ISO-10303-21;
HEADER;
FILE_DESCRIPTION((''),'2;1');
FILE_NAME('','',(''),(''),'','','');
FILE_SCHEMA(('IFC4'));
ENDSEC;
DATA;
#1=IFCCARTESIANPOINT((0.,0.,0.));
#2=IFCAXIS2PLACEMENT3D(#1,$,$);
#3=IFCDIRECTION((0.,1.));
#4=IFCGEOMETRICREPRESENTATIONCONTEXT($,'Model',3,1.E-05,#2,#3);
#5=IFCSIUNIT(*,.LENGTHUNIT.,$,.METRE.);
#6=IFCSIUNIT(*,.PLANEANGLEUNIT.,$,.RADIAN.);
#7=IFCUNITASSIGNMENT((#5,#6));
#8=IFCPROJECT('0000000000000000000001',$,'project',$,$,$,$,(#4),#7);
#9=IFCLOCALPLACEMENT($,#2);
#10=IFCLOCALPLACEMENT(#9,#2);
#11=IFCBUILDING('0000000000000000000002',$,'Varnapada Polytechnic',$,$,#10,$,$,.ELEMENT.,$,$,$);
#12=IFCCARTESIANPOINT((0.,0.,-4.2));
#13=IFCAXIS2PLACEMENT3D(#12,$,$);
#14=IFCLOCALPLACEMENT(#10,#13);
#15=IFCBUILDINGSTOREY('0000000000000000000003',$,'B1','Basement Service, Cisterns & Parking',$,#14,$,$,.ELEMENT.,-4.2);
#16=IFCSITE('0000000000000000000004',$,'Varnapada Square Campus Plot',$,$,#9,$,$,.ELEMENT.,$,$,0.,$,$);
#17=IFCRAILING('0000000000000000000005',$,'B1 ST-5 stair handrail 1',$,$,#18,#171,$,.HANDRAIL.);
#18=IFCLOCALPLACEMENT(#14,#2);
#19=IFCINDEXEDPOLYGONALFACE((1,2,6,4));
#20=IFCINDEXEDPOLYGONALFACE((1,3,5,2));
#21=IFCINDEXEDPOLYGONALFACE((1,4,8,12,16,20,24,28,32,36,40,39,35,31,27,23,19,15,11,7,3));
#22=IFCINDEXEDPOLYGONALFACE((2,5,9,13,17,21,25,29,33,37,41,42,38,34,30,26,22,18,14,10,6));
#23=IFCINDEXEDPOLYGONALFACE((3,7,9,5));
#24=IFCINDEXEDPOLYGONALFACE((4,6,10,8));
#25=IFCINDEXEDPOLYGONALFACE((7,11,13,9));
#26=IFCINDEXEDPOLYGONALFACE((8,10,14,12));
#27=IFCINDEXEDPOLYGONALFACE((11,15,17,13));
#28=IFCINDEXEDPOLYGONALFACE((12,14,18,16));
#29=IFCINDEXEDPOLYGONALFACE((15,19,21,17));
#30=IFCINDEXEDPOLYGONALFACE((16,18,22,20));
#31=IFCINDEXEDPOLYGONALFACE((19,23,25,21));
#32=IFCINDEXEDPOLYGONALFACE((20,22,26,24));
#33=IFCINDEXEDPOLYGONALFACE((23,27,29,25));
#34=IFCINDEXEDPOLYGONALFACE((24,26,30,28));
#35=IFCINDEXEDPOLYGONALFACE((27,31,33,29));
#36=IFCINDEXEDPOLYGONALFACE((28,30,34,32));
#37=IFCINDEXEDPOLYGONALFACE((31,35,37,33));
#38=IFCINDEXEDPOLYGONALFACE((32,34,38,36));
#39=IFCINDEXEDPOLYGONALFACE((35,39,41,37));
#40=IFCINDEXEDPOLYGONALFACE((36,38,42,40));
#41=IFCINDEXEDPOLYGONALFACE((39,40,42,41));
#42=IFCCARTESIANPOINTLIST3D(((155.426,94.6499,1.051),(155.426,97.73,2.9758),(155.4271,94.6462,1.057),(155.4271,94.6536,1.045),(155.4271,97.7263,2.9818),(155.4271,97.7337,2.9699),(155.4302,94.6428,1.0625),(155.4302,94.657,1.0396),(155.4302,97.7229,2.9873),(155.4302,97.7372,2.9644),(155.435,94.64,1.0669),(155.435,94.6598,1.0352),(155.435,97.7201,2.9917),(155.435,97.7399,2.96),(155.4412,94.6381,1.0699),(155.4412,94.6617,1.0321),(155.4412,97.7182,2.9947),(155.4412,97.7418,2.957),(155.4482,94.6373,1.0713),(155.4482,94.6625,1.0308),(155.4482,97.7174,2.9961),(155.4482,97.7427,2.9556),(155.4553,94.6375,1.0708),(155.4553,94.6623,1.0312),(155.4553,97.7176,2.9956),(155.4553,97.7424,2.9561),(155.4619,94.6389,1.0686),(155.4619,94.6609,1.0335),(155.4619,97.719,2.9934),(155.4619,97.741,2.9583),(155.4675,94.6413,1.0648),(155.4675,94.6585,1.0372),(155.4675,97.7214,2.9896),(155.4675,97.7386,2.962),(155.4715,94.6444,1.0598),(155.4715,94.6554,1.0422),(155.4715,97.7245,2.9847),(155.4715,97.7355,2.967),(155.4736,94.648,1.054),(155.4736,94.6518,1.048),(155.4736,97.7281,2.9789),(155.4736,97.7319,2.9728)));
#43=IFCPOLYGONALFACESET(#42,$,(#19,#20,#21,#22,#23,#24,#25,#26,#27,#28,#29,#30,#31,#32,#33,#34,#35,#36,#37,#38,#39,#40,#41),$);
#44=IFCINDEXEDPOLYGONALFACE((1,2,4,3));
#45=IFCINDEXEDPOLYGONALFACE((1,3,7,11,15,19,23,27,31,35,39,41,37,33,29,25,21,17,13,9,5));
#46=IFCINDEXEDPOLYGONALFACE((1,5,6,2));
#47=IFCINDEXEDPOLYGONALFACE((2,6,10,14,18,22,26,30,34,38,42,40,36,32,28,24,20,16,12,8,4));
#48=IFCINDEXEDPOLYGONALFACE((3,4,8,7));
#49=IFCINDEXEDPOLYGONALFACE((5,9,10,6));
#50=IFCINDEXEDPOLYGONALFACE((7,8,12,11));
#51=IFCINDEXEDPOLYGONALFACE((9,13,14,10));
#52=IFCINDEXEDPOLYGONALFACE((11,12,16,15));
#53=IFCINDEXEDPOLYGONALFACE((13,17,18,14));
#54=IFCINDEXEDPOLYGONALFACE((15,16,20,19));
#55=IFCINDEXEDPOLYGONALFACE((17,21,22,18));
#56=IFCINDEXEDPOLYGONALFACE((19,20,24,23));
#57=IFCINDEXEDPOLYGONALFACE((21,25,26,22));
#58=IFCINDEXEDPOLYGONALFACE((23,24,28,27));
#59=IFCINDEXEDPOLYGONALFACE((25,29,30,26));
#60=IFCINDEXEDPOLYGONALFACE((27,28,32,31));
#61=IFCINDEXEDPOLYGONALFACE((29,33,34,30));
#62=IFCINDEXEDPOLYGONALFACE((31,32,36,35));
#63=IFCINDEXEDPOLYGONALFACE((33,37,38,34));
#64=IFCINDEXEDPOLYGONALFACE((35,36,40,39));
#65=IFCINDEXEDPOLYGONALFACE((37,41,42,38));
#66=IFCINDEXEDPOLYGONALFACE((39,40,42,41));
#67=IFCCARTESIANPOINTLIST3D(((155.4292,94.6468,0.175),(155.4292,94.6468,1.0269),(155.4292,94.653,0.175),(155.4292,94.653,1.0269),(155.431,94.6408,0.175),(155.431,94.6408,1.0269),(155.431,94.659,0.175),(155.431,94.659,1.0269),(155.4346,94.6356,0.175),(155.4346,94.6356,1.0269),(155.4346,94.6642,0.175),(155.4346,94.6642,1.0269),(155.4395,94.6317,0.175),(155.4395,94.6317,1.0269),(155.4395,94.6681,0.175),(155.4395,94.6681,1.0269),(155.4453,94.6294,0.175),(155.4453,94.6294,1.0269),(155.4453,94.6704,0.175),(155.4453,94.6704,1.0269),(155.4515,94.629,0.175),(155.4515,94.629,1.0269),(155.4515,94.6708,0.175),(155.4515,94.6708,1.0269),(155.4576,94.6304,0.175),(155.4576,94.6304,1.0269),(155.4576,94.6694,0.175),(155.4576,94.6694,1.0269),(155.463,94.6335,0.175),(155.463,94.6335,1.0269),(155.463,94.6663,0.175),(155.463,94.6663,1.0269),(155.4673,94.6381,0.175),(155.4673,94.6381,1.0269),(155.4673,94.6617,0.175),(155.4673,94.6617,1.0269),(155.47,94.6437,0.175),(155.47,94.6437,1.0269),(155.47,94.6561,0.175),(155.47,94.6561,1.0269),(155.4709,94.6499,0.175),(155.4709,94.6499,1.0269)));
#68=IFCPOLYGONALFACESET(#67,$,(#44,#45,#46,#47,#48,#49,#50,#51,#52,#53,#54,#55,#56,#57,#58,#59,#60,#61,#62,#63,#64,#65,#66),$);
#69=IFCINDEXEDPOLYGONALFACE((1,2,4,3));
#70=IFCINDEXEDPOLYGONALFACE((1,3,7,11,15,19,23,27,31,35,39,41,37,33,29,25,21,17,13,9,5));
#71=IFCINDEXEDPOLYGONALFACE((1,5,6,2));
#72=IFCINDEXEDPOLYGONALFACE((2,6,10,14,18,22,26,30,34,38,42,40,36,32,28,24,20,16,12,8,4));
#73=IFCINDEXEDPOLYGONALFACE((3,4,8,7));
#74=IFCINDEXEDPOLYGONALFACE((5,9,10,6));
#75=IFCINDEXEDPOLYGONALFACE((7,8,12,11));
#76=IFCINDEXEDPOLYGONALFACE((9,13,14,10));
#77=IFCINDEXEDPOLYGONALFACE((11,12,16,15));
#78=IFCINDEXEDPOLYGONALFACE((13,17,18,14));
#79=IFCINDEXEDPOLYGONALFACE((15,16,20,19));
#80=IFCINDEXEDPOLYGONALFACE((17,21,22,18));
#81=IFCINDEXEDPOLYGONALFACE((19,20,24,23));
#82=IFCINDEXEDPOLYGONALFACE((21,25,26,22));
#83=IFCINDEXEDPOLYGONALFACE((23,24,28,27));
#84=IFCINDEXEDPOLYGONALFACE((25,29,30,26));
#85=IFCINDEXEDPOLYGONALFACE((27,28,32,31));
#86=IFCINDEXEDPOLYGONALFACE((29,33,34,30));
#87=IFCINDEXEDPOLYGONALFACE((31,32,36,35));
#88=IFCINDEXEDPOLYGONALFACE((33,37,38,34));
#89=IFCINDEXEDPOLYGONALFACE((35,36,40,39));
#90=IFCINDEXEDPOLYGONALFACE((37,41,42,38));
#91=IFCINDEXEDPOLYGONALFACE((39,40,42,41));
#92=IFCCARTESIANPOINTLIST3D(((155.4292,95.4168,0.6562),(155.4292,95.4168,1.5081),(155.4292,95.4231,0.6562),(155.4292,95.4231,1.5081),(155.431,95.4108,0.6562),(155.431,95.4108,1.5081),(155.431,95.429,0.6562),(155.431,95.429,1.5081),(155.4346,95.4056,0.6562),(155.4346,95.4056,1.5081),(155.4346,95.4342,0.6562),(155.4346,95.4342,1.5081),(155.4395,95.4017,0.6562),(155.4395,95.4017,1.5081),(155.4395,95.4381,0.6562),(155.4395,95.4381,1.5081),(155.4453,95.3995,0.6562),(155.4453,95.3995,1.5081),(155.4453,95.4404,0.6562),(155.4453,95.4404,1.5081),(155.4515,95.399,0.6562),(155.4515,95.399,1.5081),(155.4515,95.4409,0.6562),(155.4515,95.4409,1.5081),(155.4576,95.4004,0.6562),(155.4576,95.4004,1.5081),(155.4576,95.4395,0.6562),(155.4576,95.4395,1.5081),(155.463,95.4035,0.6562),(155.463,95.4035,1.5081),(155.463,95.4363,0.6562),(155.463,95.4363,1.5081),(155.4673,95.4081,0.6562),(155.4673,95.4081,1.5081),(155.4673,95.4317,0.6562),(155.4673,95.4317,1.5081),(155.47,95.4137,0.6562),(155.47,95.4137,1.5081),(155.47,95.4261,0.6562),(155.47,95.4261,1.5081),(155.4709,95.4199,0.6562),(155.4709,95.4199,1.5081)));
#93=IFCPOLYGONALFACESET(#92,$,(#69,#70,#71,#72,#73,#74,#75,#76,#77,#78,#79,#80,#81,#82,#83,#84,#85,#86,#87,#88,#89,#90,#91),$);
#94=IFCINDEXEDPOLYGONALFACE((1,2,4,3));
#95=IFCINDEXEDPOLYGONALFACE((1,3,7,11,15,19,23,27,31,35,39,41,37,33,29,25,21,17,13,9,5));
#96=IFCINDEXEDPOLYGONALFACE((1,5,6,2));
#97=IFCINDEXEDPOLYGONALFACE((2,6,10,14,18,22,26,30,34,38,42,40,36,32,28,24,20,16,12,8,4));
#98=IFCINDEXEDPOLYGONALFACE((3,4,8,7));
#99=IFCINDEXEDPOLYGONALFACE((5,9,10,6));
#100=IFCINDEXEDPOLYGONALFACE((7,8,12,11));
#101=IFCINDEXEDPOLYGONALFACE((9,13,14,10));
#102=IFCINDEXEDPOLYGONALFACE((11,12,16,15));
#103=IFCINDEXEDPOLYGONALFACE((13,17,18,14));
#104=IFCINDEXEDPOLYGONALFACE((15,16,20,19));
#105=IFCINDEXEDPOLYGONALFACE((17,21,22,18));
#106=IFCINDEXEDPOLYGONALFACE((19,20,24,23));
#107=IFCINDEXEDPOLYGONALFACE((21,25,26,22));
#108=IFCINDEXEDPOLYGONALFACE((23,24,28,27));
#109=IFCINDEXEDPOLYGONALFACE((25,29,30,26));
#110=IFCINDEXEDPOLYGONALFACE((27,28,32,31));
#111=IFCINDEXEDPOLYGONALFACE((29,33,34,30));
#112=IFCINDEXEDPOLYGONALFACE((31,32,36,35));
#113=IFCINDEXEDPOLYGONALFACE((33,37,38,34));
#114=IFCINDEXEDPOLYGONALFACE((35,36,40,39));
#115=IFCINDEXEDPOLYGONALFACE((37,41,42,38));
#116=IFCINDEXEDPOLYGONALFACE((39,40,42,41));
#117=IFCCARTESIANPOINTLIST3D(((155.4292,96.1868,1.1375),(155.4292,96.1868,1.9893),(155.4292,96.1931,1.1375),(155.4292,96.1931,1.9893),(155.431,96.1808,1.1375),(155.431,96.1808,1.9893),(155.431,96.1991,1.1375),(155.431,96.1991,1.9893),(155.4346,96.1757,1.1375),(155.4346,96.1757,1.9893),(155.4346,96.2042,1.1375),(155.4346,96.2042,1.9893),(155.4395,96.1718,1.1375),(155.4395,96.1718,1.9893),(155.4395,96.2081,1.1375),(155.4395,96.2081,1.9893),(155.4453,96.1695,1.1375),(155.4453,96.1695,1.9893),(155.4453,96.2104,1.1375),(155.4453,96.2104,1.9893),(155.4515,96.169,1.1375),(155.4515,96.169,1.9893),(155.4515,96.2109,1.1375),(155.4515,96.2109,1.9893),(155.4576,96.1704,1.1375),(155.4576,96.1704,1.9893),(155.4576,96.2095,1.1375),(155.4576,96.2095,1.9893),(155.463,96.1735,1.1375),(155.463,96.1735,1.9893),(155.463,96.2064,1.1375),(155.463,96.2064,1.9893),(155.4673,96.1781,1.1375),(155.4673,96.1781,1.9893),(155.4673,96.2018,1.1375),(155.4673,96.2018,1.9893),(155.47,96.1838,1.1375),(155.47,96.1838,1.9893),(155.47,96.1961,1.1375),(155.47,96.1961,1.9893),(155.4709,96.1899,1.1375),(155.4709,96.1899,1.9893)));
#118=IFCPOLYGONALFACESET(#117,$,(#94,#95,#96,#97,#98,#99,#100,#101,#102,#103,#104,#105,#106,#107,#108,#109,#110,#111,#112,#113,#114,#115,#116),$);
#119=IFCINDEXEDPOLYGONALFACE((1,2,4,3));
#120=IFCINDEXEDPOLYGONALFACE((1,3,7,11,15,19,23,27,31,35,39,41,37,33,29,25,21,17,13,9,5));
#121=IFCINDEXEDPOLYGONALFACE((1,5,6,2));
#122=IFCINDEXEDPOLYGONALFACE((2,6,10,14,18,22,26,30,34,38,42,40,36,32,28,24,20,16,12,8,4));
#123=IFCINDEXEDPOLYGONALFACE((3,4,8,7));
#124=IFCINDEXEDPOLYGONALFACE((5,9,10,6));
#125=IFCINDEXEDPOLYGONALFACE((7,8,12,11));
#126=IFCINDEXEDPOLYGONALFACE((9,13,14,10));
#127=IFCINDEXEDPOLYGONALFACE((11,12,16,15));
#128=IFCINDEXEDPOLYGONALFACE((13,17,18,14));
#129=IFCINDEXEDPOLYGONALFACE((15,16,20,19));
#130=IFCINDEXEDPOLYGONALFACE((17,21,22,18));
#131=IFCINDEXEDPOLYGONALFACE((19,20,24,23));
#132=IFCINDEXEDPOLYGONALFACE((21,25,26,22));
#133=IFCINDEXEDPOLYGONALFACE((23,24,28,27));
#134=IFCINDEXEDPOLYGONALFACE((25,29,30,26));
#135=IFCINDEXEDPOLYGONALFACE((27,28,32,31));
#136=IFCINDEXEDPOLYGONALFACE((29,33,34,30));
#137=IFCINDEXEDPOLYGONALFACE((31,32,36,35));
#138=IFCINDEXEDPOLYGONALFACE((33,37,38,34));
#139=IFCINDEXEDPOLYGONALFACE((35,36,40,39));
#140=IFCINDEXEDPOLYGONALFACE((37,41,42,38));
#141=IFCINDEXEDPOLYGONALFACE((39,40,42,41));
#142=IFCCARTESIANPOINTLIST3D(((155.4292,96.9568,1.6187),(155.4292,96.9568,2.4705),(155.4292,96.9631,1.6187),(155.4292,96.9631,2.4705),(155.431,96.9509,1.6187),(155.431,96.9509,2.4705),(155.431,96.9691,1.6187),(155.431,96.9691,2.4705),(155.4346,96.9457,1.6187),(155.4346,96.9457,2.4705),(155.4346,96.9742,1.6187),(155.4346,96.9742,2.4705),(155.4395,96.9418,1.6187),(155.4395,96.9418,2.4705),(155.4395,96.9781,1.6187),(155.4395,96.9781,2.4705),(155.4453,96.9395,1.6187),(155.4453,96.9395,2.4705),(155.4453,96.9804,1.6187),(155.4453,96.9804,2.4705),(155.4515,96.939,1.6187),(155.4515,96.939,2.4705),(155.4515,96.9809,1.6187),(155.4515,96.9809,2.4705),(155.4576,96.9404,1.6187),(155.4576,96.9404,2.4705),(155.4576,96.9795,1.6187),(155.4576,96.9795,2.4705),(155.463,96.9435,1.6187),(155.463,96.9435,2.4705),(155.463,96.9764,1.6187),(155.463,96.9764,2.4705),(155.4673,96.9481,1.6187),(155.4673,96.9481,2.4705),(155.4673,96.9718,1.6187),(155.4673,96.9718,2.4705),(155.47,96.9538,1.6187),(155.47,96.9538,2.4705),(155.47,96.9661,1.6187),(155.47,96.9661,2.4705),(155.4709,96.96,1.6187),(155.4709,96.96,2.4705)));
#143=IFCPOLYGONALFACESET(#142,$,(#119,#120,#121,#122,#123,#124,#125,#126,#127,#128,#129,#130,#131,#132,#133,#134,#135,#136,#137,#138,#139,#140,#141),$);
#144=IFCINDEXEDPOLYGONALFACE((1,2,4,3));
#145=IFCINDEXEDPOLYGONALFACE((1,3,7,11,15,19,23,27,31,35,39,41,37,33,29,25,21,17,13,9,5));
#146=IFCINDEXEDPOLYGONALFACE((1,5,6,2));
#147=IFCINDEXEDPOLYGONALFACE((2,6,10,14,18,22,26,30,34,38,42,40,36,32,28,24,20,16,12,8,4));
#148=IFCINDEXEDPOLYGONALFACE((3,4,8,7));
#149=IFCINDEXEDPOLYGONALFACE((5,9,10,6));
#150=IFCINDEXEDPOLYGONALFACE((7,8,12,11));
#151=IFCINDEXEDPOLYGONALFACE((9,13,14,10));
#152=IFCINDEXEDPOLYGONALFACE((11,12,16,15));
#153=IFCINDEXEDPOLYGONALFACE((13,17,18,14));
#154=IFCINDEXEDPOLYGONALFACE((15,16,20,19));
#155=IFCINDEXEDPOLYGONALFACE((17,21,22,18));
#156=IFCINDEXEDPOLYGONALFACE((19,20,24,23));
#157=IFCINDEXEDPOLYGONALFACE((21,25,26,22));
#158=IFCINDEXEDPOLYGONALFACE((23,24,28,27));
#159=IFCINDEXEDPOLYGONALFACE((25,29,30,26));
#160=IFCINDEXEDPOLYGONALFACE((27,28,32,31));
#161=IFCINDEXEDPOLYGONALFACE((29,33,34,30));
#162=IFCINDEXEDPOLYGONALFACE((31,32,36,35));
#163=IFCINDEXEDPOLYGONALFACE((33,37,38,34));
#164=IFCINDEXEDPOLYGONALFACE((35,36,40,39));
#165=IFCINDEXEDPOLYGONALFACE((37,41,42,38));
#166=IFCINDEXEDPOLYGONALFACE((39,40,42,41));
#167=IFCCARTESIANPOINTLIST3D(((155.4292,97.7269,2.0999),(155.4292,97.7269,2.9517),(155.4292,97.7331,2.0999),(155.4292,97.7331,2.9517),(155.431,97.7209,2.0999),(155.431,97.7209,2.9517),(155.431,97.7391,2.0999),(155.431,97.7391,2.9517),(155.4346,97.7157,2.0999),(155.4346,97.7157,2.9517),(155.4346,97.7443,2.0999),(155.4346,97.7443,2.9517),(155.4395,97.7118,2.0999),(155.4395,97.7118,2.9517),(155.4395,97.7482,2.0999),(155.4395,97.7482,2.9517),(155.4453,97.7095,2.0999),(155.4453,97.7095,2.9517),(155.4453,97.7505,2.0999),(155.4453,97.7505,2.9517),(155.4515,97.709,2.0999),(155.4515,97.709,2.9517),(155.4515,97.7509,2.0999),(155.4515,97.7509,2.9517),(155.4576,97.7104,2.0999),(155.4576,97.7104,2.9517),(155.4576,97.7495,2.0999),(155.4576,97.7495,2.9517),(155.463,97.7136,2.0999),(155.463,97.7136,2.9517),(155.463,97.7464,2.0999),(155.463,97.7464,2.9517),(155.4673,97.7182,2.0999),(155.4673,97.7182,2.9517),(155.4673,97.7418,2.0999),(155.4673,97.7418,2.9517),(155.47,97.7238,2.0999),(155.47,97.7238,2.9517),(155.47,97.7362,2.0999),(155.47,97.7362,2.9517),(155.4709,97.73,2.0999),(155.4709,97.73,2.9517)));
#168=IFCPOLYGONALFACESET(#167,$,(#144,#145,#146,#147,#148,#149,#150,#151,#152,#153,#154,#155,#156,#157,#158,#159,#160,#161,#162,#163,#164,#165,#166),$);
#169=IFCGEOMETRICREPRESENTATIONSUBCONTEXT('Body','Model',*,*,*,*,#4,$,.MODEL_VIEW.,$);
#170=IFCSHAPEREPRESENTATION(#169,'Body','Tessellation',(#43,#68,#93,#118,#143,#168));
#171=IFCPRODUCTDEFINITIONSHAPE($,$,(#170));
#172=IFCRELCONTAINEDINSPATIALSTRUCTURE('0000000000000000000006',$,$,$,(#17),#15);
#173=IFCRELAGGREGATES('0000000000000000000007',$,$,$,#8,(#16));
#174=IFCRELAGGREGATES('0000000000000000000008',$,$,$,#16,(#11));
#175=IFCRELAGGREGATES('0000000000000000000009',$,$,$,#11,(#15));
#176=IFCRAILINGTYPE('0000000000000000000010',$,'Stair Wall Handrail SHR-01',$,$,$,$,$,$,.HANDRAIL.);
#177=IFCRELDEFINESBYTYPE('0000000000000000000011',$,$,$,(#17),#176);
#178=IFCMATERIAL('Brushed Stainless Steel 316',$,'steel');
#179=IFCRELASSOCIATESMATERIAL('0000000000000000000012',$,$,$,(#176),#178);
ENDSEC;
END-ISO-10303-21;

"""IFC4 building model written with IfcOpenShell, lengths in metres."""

from ifc_helpers import new_model, si_unit, direction, frame, origin, origin_2d, place, context, subcontext, project, spatial, circle, extrude, material, type_object, element, save


model = new_model("IFC4")

# Units and contexts
model_context = context("Model", 3, precision=1e-05, world=origin(), true_north=direction((0.0, 1.0)))
body_context = subcontext(model_context, "Body", "Model", "MODEL_VIEW")
ifc_project = project(units=[si_unit("LENGTHUNIT", "METRE"), si_unit("PLANEANGLEUNIT", "RADIAN")], contexts=[model_context])

# Site, building, storey
site_placement = place(None, origin())
site = spatial("IfcSite", under=ifc_project, at=site_placement, Name="Varnapada Square Campus Plot", CompositionType="ELEMENT", RefElevation=0.0)
building_placement = place(site_placement, origin())
building = spatial("IfcBuilding", under=site, at=building_placement, Name="Varnapada Polytechnic", CompositionType="ELEMENT")
storey_placement = place(building_placement, frame((0.0, 0.0, -4.2)))
storey = spatial("IfcBuildingStorey", under=building, at=storey_placement, Name="B1", Description="Basement Service, Cisterns & Parking", CompositionType="ELEMENT", Elevation=-4.2)

# Shared definitions
ifc_material_1 = material(Name="Brushed Stainless Steel 316", Category="steel")

# Railing
railing_type_1 = type_object("IfcRailingType", Name="Stair Wall Handrail SHR-01", PredefinedType="HANDRAIL", material=ifc_material_1)
railing_1_placement = place(storey_placement, frame((155.45, 94.6499, 0.175)))
element("IfcRailing", 1, at=railing_1_placement, inside=storey, type_object=railing_type_1, Name="B1 ST-5 stair handrail 1", PredefinedType="HANDRAIL", context=body_context, shape_type="SweptSolid", body=[
    extrude(circle(Radius=0.0239, at=origin_2d()), frame((0.0, 0.0, 0.876), z_axis=(0.0, 0.848029, 0.529951), x_axis=(-1.0, 0.0, 0.0)), (0.0, 0.0, 1.0), 3.6321),
    extrude(circle(Radius=0.021, at=origin_2d()), origin(), (0.0, 0.0, 1.0), 0.8518),
    extrude(circle(Radius=0.021, at=origin_2d()), frame((0.0, 0.77, 0.4812)), (0.0, 0.0, 1.0), 0.8518),
    extrude(circle(Radius=0.021, at=origin_2d()), frame((0.0, 1.54, 0.9624)), (0.0, 0.0, 1.0), 0.8518),
    extrude(circle(Radius=0.021, at=origin_2d()), frame((0.0, 2.3101, 1.4436)), (0.0, 0.0, 1.0), 0.8518),
    extrude(circle(Radius=0.021, at=origin_2d()), frame((0.0, 3.0801, 1.9248)), (0.0, 0.0, 1.0), 0.8518),
])

save(model, "model.ifc")
